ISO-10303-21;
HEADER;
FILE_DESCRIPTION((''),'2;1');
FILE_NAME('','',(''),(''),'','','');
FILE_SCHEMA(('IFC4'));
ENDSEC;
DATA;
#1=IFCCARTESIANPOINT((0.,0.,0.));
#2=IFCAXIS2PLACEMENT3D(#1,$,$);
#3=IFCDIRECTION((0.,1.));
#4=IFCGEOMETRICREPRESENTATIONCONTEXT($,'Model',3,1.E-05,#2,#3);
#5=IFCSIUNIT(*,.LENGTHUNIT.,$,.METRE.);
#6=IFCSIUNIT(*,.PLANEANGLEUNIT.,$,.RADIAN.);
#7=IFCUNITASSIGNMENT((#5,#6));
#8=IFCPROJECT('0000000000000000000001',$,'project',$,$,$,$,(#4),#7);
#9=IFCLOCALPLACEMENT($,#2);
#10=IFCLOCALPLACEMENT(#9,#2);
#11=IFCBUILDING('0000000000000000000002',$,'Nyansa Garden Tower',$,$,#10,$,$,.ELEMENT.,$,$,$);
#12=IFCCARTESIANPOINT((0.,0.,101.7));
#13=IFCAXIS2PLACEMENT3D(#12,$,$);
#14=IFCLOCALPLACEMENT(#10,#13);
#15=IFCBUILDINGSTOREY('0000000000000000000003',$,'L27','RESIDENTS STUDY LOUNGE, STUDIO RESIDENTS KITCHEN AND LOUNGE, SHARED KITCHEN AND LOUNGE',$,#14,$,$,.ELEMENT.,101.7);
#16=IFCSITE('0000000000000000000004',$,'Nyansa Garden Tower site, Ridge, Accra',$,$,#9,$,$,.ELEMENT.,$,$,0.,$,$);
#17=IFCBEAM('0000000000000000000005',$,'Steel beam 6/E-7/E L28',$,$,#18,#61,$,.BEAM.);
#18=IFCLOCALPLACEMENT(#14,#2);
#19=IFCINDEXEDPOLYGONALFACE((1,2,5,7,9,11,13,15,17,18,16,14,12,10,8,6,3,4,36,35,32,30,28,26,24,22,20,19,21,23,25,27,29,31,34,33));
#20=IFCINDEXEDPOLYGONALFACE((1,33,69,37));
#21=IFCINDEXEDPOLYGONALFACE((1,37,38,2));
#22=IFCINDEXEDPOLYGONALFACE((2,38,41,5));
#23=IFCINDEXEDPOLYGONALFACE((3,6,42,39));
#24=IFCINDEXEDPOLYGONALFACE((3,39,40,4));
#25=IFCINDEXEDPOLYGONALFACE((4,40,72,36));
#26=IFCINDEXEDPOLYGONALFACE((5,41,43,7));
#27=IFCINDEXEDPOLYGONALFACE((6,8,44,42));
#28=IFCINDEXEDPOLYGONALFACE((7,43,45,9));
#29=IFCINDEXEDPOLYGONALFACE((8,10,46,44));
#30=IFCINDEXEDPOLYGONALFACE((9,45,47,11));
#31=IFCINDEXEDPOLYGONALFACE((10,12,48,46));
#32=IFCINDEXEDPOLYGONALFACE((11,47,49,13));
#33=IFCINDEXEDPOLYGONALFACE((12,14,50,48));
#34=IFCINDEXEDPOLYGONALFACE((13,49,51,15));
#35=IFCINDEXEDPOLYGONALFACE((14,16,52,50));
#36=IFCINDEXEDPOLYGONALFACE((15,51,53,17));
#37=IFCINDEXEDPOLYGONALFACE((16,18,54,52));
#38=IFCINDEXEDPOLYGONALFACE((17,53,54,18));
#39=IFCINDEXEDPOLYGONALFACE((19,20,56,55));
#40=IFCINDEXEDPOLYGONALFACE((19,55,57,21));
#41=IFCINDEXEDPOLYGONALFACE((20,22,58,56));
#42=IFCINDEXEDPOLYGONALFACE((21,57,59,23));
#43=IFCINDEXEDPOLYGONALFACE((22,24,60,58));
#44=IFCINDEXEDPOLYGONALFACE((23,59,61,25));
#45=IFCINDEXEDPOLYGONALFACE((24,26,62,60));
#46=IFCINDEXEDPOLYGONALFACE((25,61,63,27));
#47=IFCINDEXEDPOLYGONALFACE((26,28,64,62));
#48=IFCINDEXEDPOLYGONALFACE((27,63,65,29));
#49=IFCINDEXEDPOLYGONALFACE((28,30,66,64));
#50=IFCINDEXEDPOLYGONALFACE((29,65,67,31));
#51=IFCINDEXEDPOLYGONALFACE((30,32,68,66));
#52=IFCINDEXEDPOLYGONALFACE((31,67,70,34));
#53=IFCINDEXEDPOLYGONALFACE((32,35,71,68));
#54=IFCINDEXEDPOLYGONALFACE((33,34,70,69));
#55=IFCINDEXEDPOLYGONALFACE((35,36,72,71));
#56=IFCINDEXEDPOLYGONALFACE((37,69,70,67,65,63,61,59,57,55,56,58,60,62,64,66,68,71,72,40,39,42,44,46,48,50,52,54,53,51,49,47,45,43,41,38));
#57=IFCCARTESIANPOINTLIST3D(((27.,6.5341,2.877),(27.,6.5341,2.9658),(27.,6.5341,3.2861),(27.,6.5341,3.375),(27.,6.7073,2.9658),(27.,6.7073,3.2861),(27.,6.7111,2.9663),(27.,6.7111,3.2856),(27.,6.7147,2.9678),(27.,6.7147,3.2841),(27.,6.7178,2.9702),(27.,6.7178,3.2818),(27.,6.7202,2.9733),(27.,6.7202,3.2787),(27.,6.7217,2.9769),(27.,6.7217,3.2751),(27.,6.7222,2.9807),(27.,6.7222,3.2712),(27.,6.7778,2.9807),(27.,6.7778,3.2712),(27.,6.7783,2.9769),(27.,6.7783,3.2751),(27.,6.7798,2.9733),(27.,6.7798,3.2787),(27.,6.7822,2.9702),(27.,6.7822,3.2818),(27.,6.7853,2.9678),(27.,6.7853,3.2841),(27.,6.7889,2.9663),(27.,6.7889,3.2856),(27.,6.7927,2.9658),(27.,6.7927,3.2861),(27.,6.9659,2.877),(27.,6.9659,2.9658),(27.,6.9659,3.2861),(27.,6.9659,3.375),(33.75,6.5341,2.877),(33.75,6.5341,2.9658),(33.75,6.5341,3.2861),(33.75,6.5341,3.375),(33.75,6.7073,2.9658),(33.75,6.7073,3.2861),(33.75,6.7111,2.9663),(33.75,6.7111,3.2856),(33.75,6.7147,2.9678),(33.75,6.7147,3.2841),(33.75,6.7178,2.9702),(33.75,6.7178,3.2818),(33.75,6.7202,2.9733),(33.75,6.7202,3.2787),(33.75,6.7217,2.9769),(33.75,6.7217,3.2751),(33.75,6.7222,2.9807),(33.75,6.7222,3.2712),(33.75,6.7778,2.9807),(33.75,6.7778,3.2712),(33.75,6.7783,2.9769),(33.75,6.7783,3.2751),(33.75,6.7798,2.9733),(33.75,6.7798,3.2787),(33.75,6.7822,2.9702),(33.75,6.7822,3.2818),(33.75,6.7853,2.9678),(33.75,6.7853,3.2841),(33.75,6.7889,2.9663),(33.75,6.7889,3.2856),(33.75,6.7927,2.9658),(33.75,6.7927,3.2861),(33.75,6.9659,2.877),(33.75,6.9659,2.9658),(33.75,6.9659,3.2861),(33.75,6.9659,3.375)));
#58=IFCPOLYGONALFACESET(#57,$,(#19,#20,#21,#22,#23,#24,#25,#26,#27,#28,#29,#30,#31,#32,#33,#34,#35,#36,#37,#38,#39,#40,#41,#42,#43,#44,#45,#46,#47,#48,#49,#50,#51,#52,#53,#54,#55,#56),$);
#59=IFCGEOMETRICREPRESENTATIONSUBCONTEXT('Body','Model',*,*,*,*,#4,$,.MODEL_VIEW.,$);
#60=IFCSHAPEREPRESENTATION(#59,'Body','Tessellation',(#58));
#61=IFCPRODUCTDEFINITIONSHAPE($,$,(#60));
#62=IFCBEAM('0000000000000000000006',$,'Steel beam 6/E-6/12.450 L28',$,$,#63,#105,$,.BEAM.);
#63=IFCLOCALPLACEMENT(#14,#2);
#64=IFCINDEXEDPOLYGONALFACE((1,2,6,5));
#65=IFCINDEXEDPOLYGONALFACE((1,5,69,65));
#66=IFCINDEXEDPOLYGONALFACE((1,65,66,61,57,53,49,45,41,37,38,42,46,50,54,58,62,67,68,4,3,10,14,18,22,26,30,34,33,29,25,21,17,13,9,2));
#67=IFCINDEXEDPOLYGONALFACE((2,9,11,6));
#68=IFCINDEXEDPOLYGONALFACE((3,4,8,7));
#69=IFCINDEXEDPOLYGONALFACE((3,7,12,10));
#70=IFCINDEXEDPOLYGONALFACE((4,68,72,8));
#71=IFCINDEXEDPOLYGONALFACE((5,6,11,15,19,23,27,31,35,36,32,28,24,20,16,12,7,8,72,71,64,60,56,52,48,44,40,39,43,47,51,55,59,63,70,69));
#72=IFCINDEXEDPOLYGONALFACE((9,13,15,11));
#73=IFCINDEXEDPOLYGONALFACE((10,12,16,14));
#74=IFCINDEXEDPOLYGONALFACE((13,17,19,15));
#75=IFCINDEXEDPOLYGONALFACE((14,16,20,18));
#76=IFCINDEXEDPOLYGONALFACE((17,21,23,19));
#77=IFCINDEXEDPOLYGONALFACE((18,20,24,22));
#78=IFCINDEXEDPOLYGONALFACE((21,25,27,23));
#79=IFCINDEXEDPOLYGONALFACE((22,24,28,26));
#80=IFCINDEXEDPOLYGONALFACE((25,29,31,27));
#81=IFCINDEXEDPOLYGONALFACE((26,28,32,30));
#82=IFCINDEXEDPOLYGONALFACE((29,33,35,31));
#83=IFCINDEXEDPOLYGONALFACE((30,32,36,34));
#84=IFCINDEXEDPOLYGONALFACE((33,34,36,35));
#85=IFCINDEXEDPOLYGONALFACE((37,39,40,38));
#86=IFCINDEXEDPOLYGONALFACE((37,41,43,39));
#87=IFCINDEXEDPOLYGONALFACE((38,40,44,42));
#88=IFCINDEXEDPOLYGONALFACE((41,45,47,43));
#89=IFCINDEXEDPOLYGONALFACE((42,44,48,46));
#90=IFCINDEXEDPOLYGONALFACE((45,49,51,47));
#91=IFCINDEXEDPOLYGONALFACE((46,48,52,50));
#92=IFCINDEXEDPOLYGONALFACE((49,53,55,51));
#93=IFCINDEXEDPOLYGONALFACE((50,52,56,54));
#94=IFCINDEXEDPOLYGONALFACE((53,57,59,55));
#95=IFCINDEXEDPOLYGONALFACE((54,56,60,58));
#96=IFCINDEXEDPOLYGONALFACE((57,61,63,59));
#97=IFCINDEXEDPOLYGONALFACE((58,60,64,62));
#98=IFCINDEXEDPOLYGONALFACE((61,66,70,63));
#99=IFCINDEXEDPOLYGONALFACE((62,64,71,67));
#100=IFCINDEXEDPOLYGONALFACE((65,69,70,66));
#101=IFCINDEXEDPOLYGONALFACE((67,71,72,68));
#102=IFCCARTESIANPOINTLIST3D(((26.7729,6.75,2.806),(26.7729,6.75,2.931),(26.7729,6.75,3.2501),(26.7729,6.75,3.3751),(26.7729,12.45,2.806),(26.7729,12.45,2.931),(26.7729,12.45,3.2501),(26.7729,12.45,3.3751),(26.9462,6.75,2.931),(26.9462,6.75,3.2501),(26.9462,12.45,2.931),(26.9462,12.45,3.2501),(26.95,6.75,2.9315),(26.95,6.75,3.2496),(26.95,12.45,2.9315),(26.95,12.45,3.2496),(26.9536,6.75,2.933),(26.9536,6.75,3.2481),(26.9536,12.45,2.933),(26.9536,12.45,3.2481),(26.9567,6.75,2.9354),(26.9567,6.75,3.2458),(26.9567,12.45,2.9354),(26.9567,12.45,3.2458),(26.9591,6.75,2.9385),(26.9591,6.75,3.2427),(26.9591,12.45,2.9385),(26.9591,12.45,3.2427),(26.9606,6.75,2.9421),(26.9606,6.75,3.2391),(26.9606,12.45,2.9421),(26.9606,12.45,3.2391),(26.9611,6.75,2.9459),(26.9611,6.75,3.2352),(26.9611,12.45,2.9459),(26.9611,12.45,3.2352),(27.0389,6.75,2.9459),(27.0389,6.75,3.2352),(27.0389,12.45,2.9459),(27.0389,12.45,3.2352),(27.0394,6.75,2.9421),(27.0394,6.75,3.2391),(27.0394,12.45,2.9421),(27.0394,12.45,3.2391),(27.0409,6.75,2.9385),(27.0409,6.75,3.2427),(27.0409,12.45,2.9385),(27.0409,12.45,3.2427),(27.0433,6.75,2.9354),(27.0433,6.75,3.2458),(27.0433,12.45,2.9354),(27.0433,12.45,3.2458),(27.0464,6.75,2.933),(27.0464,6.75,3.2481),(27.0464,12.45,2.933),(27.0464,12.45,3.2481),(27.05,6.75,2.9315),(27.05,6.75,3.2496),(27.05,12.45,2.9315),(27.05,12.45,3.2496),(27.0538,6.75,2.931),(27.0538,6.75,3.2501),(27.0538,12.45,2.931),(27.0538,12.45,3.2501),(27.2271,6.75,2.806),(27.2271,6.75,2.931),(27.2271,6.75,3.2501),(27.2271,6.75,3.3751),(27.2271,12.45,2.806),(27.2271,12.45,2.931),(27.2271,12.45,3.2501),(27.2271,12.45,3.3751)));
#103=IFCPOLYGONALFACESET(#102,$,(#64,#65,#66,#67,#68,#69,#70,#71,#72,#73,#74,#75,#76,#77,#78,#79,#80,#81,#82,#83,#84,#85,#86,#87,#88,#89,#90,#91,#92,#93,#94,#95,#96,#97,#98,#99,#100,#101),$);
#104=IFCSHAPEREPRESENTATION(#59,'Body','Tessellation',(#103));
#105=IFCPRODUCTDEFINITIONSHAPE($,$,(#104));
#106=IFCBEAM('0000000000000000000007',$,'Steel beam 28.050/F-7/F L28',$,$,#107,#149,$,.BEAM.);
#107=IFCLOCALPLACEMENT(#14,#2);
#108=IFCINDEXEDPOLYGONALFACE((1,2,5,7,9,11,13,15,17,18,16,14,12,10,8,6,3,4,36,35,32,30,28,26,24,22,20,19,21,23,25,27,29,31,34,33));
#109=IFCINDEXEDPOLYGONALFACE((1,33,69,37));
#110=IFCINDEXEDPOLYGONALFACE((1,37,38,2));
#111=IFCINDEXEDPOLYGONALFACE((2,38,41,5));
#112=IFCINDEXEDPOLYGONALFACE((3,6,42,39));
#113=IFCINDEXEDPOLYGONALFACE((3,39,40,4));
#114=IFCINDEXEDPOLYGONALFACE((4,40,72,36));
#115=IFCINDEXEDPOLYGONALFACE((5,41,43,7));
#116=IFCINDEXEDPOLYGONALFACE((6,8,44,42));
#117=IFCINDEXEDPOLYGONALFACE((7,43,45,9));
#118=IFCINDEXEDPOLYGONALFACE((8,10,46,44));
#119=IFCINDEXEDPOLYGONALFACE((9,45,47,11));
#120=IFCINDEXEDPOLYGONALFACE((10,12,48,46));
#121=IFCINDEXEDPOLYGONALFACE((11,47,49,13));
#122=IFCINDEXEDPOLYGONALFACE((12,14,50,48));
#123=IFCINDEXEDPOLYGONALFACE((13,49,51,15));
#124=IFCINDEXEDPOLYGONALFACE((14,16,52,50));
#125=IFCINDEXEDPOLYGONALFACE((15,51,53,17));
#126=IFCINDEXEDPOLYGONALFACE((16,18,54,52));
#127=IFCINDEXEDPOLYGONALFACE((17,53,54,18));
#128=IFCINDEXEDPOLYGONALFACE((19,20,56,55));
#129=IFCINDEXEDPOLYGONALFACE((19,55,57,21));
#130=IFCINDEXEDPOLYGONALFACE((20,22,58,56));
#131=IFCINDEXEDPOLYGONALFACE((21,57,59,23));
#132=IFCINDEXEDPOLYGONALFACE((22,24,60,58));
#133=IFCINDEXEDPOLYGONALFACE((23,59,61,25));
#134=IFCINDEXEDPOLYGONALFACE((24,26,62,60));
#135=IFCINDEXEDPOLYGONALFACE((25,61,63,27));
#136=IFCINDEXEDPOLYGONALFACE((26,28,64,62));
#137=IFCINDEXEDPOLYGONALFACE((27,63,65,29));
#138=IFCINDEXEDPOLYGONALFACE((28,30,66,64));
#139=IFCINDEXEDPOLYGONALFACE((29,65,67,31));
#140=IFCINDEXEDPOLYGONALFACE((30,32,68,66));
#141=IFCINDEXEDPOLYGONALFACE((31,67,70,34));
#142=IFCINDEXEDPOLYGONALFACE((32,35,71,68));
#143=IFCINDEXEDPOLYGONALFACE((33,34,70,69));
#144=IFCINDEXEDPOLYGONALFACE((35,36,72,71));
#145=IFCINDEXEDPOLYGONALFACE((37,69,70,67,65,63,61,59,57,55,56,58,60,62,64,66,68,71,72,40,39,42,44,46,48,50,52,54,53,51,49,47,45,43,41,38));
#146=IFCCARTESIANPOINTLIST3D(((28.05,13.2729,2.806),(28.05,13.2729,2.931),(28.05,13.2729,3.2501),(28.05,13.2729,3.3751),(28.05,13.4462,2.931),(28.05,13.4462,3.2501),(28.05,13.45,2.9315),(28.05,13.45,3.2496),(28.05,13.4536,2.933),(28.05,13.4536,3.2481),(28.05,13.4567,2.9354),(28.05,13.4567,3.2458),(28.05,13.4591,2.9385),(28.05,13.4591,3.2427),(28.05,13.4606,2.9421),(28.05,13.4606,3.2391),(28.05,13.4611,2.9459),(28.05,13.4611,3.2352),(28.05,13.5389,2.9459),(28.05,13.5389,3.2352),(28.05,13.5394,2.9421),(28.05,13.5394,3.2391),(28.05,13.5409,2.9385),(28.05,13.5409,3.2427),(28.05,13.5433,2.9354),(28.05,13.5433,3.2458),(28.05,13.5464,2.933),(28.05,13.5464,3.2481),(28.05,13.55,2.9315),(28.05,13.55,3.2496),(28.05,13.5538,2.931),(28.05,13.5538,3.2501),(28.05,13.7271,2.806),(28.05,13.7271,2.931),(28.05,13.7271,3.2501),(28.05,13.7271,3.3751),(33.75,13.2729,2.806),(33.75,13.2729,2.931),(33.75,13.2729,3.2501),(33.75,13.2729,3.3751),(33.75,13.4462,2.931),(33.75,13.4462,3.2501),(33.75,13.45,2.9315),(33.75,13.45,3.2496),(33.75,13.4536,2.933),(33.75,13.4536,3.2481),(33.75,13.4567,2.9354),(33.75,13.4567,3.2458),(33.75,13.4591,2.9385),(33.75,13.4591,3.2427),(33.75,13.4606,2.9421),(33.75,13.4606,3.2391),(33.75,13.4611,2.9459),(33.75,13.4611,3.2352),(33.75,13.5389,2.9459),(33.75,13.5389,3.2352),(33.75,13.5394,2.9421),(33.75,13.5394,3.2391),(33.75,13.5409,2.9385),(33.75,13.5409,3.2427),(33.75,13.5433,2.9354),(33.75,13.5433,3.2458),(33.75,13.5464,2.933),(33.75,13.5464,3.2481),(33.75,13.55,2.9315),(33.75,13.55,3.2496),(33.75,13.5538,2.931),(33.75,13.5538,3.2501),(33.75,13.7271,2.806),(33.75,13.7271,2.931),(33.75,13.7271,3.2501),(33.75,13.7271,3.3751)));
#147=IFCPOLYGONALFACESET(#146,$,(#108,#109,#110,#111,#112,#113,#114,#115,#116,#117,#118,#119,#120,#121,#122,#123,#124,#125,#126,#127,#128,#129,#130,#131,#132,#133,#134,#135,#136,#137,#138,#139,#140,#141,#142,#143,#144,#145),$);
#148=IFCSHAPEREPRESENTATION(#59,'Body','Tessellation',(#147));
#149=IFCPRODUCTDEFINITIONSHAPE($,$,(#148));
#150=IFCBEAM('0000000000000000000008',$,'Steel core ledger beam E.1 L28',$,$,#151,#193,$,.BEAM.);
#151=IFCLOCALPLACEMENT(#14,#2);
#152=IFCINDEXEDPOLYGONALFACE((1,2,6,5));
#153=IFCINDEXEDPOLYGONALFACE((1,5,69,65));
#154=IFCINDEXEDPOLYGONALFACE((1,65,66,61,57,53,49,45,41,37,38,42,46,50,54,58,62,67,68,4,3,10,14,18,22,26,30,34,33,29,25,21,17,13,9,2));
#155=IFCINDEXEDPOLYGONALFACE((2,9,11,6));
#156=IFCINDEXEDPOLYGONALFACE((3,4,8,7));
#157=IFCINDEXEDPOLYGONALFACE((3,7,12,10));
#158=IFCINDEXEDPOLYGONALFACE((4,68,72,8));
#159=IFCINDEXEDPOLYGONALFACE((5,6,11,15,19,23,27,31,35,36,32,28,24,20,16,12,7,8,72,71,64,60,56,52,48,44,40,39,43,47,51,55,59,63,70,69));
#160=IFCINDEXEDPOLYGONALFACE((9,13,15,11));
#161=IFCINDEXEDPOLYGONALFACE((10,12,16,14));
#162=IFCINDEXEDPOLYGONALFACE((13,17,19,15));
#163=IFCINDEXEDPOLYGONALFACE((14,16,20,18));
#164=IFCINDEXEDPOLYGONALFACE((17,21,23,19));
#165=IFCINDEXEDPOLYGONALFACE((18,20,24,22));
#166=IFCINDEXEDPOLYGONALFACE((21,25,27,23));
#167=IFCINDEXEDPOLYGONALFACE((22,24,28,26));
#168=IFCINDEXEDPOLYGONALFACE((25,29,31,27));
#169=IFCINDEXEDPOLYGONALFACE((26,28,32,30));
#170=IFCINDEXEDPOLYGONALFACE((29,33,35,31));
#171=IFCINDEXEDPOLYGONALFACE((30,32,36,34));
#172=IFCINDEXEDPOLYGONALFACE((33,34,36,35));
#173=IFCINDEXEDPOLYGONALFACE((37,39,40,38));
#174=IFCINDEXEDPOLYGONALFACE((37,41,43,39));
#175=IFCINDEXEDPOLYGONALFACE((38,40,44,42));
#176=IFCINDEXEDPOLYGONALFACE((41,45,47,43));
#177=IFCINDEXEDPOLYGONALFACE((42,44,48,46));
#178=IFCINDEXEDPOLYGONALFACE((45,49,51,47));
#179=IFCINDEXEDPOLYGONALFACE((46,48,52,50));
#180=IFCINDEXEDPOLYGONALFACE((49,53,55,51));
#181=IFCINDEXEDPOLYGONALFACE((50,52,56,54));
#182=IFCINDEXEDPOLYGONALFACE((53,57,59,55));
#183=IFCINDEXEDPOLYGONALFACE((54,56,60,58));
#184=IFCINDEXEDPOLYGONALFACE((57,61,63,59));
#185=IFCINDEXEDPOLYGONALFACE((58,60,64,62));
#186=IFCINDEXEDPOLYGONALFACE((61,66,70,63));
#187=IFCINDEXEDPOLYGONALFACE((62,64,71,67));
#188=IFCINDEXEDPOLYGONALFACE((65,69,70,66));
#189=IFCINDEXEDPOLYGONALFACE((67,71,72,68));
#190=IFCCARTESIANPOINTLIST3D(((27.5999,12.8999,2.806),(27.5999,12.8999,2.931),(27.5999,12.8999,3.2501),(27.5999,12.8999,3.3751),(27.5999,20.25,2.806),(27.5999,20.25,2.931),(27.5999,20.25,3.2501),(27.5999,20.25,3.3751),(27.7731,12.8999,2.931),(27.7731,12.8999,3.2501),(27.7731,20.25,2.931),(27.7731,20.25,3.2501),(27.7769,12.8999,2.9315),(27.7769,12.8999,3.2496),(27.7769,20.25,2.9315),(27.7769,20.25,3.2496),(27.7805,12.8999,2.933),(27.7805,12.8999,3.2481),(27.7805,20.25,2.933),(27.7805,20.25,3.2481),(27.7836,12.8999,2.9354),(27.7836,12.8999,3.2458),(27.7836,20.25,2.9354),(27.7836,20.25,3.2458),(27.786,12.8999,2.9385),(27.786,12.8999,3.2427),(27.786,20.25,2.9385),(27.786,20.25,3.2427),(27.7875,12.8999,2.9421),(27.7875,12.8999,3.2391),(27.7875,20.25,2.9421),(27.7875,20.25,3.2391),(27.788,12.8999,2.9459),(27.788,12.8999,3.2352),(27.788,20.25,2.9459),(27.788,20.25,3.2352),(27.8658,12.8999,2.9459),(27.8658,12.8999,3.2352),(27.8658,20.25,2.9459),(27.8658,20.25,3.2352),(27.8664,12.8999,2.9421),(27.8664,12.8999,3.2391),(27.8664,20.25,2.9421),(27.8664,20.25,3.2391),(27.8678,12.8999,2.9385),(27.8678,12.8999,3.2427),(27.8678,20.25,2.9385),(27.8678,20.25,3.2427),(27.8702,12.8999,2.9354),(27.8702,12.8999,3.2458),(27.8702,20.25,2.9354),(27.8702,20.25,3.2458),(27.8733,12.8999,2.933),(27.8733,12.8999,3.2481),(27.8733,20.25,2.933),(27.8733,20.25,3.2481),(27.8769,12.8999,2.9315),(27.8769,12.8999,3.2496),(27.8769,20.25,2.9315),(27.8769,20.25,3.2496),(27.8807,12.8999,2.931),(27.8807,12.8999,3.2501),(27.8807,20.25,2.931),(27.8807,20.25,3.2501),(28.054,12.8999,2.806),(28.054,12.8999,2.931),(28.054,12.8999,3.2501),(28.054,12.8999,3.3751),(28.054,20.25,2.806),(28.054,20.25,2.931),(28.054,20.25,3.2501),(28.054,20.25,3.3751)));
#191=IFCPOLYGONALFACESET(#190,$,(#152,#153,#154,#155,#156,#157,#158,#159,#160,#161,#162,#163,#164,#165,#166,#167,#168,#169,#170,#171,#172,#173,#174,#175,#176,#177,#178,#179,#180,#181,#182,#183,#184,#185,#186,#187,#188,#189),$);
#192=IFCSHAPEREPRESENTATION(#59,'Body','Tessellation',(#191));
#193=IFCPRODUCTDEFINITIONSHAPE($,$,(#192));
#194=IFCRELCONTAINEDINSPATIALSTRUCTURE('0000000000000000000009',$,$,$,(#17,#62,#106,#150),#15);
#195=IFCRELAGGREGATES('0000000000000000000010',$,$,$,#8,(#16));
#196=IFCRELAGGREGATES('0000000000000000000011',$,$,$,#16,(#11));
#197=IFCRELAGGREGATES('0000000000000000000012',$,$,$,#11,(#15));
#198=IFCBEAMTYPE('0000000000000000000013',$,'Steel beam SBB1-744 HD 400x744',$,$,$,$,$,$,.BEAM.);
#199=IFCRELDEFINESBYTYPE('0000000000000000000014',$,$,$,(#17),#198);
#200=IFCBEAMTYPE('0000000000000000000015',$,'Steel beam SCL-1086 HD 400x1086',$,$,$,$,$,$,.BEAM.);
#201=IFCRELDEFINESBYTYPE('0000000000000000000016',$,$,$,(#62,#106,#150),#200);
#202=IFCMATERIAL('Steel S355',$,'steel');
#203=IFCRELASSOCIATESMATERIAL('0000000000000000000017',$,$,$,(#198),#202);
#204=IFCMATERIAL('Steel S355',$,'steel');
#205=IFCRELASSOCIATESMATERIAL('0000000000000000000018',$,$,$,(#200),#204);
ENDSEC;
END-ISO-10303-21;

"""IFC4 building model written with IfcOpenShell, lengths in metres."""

from ifc_helpers import new_model, si_unit, direction, frame, origin, origin_2d, place, context, subcontext, project, spatial, i_section, extrude, material, material_profile, profile_set, type_object, element, save


model = new_model("IFC4")

# Units and contexts
model_context = context("Model", 3, precision=1e-05, world=origin(), true_north=direction((0.0, 1.0)))
body_context = subcontext(model_context, "Body", "Model", "MODEL_VIEW")
ifc_project = project(units=[si_unit("LENGTHUNIT", "METRE"), si_unit("PLANEANGLEUNIT", "RADIAN")], contexts=[model_context])

# Site, building, storey
site_placement = place(None, origin())
site = spatial("IfcSite", under=ifc_project, at=site_placement, Name="Nyansa Garden Tower site, Ridge, Accra", CompositionType="ELEMENT", RefElevation=0.0)
building_placement = place(site_placement, origin())
building = spatial("IfcBuilding", under=site, at=building_placement, Name="Nyansa Garden Tower", CompositionType="ELEMENT")
storey_placement = place(building_placement, frame((0.0, 0.0, 101.7)))
storey = spatial("IfcBuildingStorey", under=building, at=storey_placement, Name="L27", Description="RESIDENTS STUDY LOUNGE, STUDIO RESIDENTS KITCHEN AND LOUNGE, SHARED KITCHEN AND LOUNGE", CompositionType="ELEMENT", Elevation=101.7)

# Beams
ifc_material_1 = material(Name="Steel S355", Category="steel")
ifc_material_profile_1 = material_profile(ifc_material_1, i_section(OverallWidth=0.4319, OverallDepth=0.498, WebThickness=0.0557, FlangeThickness=0.0889, FilletRadius=0.0149, at=origin_2d()), Name="HD 400x744")
ifc_profile_set_1 = profile_set([ifc_material_profile_1], Name="Steel S355")
beam_type_1 = type_object("IfcBeamType", Name="Steel beam SBB1-744 HD 400x744", PredefinedType="BEAM", material=ifc_profile_set_1)
beam_1_placement = place(storey_placement, frame((27.0, 6.75, 3.126), z_axis=(1.0, 0.0, 0.0), x_axis=(0.0, 1.0, 0.0)))
element("IfcBeam", 1, at=beam_1_placement, inside=storey, type_object=beam_type_1, Name="Steel beam 6/E-7/E L28", PredefinedType="BEAM", context=body_context, shape_type="SweptSolid", body=[
    extrude(i_section(OverallWidth=0.4319, OverallDepth=0.498, WebThickness=0.0557, FlangeThickness=0.0889, FilletRadius=0.0149, at=origin_2d()), origin(), (0.0, 0.0, 1.0), 6.75),
])
ifc_material_2 = material(Name="Steel S355", Category="steel")
ifc_material_profile_2 = material_profile(ifc_material_2, i_section(OverallWidth=0.4541, OverallDepth=0.5691, WebThickness=0.0779, FlangeThickness=0.125, FilletRadius=0.0149, at=origin_2d()), Name="HD 400x1086")
ifc_profile_set_2 = profile_set([ifc_material_profile_2], Name="Steel S355")
beam_type_2 = type_object("IfcBeamType", Name="Steel beam SCL-1086 HD 400x1086", PredefinedType="BEAM", material=ifc_profile_set_2)
for number, where, z_axis, x_axis, name in (
    (2, (27.0, 6.75, 3.0906), (0.0, 1.0, 0.0), (-1.0, 0.0, 0.0), "Steel beam 6/E-6/12.450 L28"),
    (3, (28.05, 13.5, 3.0906), (1.0, 0.0, 0.0), (0.0, 1.0, 0.0), "Steel beam 28.050/F-7/F L28"),
):
    element("IfcBeam", number, at=place(storey_placement, frame(where, z_axis=z_axis, x_axis=x_axis)), inside=storey, type_object=beam_type_2, Name=name, PredefinedType="BEAM", context=body_context, shape_type="SweptSolid", body=[
        extrude(i_section(OverallWidth=0.4541, OverallDepth=0.5691, WebThickness=0.0779, FlangeThickness=0.125, FilletRadius=0.0149, at=origin_2d()), origin(), (0.0, 0.0, 1.0), 5.7),
    ])
beam_2_placement = place(storey_placement, frame((27.8269, 12.8999, 3.0906), z_axis=(0.0, 1.0, 0.0), x_axis=(-1.0, 0.0, 0.0)))
element("IfcBeam", 4, at=beam_2_placement, inside=storey, type_object=beam_type_2, Name="Steel core ledger beam E.1 L28", PredefinedType="BEAM", context=body_context, shape_type="SweptSolid", body=[
    extrude(i_section(OverallWidth=0.4541, OverallDepth=0.5691, WebThickness=0.0779, FlangeThickness=0.125, FilletRadius=0.0149, at=origin_2d()), origin(), (0.0, 0.0, 1.0), 7.3501),
])

save(model, "model.ifc")
